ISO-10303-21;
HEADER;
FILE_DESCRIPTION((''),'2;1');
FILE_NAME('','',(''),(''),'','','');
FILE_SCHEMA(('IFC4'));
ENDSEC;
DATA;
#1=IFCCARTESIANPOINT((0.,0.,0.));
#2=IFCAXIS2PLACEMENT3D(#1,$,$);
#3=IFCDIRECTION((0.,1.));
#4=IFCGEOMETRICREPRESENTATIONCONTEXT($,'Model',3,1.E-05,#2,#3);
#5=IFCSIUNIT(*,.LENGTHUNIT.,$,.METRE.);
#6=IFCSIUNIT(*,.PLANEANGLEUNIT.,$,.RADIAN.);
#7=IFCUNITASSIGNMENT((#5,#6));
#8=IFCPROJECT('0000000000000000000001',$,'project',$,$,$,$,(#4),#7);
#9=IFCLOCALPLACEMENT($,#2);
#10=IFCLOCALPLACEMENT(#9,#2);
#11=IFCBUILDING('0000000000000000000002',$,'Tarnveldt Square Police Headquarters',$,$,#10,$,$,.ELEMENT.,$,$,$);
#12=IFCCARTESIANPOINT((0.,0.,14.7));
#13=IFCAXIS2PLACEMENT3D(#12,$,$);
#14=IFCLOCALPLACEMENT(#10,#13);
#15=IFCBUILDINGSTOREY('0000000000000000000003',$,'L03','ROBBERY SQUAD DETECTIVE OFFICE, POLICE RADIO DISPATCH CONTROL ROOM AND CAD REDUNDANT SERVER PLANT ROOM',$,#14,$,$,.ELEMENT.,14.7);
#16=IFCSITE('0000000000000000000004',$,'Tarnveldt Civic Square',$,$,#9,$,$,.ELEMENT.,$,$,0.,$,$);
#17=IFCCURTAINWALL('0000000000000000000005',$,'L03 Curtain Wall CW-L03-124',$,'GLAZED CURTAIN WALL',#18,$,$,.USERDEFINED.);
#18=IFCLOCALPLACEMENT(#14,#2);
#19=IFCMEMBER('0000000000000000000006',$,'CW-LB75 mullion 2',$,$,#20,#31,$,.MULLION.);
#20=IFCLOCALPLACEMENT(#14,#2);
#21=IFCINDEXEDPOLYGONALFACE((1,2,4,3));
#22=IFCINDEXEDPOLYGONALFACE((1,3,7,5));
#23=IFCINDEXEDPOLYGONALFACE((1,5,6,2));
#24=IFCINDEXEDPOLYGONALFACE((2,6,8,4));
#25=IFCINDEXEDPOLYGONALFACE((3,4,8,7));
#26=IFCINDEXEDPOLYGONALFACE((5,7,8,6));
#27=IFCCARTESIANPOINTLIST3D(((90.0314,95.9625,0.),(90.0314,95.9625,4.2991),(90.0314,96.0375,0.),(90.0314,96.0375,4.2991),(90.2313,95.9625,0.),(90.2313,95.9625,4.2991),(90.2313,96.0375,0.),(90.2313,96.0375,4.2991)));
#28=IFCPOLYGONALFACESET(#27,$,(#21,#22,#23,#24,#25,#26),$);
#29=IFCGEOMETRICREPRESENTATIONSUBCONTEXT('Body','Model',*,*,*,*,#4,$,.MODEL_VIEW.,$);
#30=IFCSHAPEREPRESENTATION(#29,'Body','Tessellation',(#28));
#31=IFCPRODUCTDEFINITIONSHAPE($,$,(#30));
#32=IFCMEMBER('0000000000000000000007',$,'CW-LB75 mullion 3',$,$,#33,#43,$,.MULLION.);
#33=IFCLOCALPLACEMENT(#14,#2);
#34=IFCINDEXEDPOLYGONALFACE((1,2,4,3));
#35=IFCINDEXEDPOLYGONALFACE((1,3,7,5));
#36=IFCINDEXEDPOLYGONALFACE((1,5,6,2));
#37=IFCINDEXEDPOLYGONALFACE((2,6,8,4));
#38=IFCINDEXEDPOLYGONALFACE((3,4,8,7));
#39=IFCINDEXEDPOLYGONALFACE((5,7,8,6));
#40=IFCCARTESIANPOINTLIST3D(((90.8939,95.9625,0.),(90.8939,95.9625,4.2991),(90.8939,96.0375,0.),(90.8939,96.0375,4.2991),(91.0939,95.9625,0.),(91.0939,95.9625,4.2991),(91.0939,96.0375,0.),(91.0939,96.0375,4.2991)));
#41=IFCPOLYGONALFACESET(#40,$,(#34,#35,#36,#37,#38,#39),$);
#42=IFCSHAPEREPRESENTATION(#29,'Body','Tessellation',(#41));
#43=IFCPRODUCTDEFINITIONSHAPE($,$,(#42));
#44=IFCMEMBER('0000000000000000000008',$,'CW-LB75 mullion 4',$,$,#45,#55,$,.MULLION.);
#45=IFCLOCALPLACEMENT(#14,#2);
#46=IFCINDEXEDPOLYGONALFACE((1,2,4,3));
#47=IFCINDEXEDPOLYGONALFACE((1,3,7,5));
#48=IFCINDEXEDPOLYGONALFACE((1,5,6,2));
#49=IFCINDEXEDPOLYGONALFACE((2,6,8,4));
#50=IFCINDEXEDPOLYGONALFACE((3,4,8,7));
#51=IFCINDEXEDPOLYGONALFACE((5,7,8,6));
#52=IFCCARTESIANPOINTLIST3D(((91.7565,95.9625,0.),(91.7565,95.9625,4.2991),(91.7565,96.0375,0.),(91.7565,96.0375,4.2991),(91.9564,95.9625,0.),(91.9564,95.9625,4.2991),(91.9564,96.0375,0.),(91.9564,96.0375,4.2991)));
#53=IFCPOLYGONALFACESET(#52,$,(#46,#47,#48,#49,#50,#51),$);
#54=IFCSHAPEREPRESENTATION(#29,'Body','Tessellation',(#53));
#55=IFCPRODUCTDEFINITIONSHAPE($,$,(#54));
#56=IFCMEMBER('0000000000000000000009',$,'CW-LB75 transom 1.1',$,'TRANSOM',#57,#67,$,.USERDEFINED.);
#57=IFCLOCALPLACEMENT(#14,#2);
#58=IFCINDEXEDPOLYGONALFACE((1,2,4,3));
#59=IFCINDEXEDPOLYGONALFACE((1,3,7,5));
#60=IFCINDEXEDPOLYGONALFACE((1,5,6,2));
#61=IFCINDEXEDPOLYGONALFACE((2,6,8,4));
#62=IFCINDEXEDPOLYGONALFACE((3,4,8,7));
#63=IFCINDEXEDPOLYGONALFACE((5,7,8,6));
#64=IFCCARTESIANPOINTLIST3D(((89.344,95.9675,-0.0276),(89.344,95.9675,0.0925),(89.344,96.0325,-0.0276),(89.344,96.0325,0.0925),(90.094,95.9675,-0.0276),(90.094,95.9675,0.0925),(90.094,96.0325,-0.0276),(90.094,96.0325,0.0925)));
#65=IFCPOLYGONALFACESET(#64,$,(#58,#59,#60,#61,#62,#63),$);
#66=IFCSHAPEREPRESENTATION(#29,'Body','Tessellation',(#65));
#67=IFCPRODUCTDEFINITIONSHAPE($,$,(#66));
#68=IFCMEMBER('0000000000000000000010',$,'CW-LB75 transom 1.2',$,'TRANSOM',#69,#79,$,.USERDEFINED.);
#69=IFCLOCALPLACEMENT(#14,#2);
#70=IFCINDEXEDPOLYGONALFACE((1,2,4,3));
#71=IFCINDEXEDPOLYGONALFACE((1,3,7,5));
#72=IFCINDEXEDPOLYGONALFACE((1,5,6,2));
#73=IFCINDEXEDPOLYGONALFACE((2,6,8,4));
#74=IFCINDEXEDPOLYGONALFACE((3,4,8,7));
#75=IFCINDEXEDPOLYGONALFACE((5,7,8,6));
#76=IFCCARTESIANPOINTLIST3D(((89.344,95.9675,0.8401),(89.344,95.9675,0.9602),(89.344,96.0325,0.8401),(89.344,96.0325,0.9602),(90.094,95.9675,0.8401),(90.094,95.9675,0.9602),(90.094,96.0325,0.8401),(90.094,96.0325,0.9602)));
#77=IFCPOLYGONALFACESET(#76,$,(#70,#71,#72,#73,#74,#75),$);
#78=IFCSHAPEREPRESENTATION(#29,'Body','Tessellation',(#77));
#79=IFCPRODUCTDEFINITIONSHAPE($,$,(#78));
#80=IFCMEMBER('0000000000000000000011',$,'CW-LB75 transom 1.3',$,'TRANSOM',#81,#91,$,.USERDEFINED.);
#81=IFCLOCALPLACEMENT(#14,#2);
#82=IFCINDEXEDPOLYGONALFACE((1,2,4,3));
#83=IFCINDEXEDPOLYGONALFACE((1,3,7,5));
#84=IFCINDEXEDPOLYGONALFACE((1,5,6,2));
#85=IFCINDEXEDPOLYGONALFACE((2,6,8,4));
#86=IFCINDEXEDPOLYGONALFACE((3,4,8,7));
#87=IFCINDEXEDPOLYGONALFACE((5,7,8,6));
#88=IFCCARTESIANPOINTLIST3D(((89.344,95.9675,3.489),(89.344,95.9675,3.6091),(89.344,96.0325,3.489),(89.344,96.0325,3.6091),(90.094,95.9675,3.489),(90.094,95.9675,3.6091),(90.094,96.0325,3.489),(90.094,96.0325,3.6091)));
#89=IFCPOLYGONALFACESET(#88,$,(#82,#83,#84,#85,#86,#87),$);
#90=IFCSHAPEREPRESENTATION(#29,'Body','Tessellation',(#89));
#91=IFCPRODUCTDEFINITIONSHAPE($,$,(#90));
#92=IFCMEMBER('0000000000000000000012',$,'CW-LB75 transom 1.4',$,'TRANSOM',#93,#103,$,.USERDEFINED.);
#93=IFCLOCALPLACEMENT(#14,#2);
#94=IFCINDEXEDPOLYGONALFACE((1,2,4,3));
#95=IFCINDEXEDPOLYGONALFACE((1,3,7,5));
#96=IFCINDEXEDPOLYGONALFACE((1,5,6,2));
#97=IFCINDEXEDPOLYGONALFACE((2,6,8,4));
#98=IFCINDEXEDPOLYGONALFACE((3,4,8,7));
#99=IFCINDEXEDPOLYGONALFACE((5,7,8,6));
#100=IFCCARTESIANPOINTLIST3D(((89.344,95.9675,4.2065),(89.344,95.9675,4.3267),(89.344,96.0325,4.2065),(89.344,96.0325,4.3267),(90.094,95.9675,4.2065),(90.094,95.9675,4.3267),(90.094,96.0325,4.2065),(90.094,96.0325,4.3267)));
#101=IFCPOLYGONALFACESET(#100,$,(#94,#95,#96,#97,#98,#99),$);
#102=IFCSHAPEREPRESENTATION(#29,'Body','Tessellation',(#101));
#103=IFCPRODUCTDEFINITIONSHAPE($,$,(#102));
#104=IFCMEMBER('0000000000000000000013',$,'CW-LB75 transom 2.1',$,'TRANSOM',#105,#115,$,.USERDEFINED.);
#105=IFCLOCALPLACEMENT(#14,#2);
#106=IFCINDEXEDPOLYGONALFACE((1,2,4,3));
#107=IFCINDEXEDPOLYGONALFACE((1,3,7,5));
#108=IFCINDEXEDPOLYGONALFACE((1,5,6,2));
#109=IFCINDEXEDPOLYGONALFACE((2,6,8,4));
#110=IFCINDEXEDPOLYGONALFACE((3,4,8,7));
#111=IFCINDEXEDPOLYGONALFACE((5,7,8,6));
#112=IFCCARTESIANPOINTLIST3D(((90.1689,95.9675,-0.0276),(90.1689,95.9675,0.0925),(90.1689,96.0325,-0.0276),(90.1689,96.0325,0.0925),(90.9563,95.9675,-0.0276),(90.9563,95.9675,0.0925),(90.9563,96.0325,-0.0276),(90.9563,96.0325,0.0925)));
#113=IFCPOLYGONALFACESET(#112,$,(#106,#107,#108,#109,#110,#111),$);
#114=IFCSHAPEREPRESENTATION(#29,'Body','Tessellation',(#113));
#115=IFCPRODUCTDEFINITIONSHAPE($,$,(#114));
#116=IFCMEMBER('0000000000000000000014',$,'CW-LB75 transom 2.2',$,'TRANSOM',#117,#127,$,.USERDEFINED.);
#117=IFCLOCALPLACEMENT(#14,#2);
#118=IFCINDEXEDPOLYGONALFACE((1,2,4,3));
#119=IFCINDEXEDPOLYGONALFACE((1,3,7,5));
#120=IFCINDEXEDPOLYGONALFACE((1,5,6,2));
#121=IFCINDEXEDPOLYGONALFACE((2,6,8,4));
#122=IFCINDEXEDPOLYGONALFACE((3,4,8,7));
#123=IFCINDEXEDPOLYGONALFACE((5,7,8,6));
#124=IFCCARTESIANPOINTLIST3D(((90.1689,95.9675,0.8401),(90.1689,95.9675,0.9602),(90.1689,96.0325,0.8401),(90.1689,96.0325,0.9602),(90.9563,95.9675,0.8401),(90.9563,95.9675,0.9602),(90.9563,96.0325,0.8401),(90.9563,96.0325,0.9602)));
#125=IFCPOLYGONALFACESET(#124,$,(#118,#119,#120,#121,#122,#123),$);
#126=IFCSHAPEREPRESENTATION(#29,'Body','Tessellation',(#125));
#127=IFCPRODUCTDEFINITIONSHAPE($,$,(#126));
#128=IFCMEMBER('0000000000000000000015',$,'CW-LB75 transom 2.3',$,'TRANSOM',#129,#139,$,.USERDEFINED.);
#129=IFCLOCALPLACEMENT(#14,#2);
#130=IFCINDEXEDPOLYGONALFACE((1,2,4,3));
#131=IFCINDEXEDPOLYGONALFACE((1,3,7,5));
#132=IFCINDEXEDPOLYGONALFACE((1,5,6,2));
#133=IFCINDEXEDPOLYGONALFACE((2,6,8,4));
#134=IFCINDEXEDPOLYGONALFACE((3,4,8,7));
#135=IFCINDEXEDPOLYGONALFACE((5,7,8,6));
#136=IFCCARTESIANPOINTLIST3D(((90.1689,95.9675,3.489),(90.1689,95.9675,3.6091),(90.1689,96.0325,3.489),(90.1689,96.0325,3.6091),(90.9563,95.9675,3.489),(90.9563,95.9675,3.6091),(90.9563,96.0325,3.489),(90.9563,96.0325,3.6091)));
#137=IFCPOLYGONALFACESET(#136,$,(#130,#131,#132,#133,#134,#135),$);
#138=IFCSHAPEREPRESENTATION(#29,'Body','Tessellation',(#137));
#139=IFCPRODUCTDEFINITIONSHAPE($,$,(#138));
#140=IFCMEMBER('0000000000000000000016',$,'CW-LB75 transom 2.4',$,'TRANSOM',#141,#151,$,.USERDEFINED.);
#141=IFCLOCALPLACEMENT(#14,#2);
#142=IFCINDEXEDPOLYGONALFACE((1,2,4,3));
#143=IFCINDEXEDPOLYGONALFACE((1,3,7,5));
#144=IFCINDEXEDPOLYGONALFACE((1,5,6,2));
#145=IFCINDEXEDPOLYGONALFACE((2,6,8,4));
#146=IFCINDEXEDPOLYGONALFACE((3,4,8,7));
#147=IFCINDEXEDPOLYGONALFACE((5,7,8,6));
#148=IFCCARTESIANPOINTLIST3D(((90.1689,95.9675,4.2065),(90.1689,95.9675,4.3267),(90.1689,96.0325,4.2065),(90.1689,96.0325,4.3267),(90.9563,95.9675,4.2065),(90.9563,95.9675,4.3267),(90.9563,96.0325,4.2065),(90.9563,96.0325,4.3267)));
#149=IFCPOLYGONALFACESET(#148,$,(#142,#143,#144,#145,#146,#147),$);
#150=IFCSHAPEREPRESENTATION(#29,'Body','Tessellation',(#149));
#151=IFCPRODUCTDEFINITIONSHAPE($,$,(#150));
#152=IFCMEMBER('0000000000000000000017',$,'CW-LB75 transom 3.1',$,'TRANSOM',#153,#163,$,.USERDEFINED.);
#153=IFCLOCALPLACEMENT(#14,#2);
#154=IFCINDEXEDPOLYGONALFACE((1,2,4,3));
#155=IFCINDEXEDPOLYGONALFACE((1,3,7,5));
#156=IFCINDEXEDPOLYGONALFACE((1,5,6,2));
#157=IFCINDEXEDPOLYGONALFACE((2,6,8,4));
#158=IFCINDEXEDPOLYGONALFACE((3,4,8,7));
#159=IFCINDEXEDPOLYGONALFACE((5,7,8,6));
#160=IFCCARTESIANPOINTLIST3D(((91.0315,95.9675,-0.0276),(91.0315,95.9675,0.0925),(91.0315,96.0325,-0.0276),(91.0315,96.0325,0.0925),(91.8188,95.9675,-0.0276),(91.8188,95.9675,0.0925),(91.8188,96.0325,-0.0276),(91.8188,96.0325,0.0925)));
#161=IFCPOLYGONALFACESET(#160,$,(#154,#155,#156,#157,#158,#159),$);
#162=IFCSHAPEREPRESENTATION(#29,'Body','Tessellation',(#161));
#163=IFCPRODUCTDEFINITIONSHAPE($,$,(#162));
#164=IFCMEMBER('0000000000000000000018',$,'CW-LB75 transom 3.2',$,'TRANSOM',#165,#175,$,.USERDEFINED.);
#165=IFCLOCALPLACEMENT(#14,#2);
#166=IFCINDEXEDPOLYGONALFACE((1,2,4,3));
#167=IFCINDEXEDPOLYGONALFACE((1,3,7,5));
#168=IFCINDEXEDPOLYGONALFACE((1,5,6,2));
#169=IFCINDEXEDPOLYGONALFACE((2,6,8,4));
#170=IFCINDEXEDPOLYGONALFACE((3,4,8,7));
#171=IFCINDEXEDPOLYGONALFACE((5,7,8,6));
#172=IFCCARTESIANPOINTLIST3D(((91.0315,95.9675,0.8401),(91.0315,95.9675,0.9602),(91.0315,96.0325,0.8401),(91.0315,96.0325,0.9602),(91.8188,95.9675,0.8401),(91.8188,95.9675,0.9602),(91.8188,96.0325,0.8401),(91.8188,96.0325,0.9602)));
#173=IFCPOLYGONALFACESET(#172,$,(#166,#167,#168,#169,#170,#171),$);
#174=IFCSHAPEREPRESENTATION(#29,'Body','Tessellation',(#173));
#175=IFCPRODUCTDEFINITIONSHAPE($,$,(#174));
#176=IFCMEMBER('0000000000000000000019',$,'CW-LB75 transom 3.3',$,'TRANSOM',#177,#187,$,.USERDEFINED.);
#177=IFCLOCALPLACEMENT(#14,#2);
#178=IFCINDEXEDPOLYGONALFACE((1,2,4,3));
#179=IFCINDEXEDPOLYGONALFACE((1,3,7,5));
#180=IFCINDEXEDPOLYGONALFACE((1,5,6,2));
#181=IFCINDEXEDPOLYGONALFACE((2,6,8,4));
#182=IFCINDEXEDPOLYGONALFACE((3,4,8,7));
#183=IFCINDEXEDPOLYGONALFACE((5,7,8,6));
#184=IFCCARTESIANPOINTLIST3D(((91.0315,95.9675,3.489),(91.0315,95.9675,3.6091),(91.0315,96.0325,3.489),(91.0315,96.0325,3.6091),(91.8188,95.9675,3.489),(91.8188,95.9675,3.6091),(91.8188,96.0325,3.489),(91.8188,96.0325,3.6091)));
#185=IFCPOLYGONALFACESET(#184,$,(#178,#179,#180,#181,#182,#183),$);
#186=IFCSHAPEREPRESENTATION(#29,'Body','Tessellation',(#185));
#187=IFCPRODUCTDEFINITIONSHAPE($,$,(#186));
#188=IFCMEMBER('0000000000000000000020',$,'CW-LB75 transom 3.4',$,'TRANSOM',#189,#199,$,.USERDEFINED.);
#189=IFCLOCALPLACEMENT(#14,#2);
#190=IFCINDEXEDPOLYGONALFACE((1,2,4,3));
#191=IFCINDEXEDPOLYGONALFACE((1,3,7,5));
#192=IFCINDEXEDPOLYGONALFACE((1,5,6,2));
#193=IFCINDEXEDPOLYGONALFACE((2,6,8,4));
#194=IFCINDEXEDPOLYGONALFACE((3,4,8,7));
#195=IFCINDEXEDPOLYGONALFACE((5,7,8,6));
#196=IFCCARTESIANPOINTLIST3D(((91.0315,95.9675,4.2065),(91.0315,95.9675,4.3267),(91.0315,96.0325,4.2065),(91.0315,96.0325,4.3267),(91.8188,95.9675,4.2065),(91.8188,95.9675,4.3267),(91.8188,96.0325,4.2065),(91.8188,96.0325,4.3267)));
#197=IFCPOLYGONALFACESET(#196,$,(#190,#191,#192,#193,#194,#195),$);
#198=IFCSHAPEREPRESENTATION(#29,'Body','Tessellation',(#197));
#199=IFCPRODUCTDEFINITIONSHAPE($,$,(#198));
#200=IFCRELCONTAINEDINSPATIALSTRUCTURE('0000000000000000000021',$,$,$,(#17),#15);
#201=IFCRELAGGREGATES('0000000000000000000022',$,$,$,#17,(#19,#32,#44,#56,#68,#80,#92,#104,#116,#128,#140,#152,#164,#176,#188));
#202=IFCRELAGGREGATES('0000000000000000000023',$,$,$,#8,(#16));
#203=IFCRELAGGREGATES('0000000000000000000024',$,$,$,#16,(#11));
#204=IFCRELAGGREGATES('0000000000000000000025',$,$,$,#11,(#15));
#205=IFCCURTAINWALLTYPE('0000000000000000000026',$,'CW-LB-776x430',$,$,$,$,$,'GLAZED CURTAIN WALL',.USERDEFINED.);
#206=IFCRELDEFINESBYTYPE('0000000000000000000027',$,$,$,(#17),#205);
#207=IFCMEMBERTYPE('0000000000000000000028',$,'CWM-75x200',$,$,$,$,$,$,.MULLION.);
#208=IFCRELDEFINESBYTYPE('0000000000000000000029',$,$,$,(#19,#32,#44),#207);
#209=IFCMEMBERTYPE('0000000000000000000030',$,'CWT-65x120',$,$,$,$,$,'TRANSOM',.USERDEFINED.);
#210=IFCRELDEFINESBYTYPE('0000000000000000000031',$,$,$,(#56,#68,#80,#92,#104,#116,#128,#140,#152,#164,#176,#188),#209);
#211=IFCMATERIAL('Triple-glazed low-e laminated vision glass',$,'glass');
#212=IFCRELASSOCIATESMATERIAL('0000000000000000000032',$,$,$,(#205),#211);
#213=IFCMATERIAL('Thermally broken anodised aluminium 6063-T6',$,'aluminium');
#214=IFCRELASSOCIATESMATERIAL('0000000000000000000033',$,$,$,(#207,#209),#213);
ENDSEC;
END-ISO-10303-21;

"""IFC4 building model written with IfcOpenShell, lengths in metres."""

from ifc_helpers import new_model, si_unit, direction, frame, origin, origin_2d, place, context, subcontext, project, spatial, rectangle, extrude, material, material_profile, profile_set, type_object, element, aggregate, save


model = new_model("IFC4")

# Units and contexts
model_context = context("Model", 3, precision=1e-05, world=origin(), true_north=direction((0.0, 1.0)))
body_context = subcontext(model_context, "Body", "Model", "MODEL_VIEW")
ifc_project = project(units=[si_unit("LENGTHUNIT", "METRE"), si_unit("PLANEANGLEUNIT", "RADIAN")], contexts=[model_context])

# Site, building, storey
site_placement = place(None, origin())
site = spatial("IfcSite", under=ifc_project, at=site_placement, Name="Tarnveldt Civic Square", CompositionType="ELEMENT", RefElevation=0.0)
building_placement = place(site_placement, origin())
building = spatial("IfcBuilding", under=site, at=building_placement, Name="Tarnveldt Square Police Headquarters", CompositionType="ELEMENT")
storey_placement = place(building_placement, frame((0.0, 0.0, 14.7)))
storey = spatial("IfcBuildingStorey", under=building, at=storey_placement, Name="L03", Description="ROBBERY SQUAD DETECTIVE OFFICE, POLICE RADIO DISPATCH CONTROL ROOM AND CAD REDUNDANT SERVER PLANT ROOM", CompositionType="ELEMENT", Elevation=14.7)

# Curtain wall, members
ifc_material_1 = material(Name="Triple-glazed low-e laminated vision glass", Category="glass")
curtain_wall_type = type_object("IfcCurtainWallType", Name="CW-LB-776x430", ElementType="GLAZED CURTAIN WALL", PredefinedType="USERDEFINED", material=ifc_material_1)
curtain_wall_placement = place(storey_placement, origin())
curtain_wall = element("IfcCurtainWall", 1, at=curtain_wall_placement, inside=storey, type_object=curtain_wall_type, Name="L03 Curtain Wall CW-L03-124", ObjectType="GLAZED CURTAIN WALL", PredefinedType="USERDEFINED")
ifc_material_2 = material(Name="Thermally broken anodised aluminium 6063-T6", Category="aluminium")
ifc_material_profile_1 = material_profile(ifc_material_2, rectangle(XDim=0.075, YDim=0.2, at=origin_2d()), Name="CW-M75x200")
ifc_profile_set_1 = profile_set([ifc_material_profile_1], Name="Thermally broken anodised aluminium 6063-T6")
member_type_1 = type_object("IfcMemberType", Name="CWM-75x200", PredefinedType="MULLION", material=ifc_profile_set_1)
member_1_placement = place(storey_placement, frame((90.1313, 96.0, 0.0), z_axis=(0.0, 0.0, 1.0), x_axis=(0.0, 1.0, 0.0)))
member_1 = element("IfcMember", 2, at=member_1_placement, type_object=member_type_1, Name="CW-LB75 mullion 2", PredefinedType="MULLION", context=body_context, shape_type="SweptSolid", body=[
    extrude(rectangle(XDim=0.075, YDim=0.2, at=origin_2d()), origin(), (0.0, 0.0, 1.0), 4.2991),
])
member_2_placement = place(storey_placement, frame((90.9939, 96.0, 0.0), z_axis=(0.0, 0.0, 1.0), x_axis=(0.0, 1.0, 0.0)))
member_2 = element("IfcMember", 3, at=member_2_placement, type_object=member_type_1, Name="CW-LB75 mullion 3", PredefinedType="MULLION", context=body_context, shape_type="SweptSolid", body=[
    extrude(rectangle(XDim=0.075, YDim=0.2, at=origin_2d()), origin(), (0.0, 0.0, 1.0), 4.2991),
])
member_3_placement = place(storey_placement, frame((91.8564, 96.0, 0.0), z_axis=(0.0, 0.0, 1.0), x_axis=(0.0, 1.0, 0.0)))
member_3 = element("IfcMember", 4, at=member_3_placement, type_object=member_type_1, Name="CW-LB75 mullion 4", PredefinedType="MULLION", context=body_context, shape_type="SweptSolid", body=[
    extrude(rectangle(XDim=0.075, YDim=0.2, at=origin_2d()), origin(), (0.0, 0.0, 1.0), 4.2991),
])
ifc_material_profile_2 = material_profile(ifc_material_2, rectangle(XDim=0.0649, YDim=0.1201, at=origin_2d()), Name="CW-T65x120")
ifc_profile_set_2 = profile_set([ifc_material_profile_2], Name="Thermally broken anodised aluminium 6063-T6")
member_type_2 = type_object("IfcMemberType", Name="CWT-65x120", ElementType="TRANSOM", PredefinedType="USERDEFINED", material=ifc_profile_set_2)
member_4_placement = place(storey_placement, frame((89.344, 96.0, 0.0325), z_axis=(1.0, 0.0, 0.0), x_axis=(0.0, 1.0, 0.0)))
member_4 = element("IfcMember", 5, at=member_4_placement, type_object=member_type_2, Name="CW-LB75 transom 1.1", ObjectType="TRANSOM", PredefinedType="USERDEFINED", context=body_context, shape_type="SweptSolid", body=[
    extrude(rectangle(XDim=0.0649, YDim=0.1201, at=origin_2d()), origin(), (0.0, 0.0, 1.0), 0.75),
])
member_5_placement = place(storey_placement, frame((89.344, 96.0, 0.9001), z_axis=(1.0, 0.0, 0.0), x_axis=(0.0, 1.0, 0.0)))
member_5 = element("IfcMember", 6, at=member_5_placement, type_object=member_type_2, Name="CW-LB75 transom 1.2", ObjectType="TRANSOM", PredefinedType="USERDEFINED", context=body_context, shape_type="SweptSolid", body=[
    extrude(rectangle(XDim=0.0649, YDim=0.1201, at=origin_2d()), origin(), (0.0, 0.0, 1.0), 0.75),
])
member_6_placement = place(storey_placement, frame((89.344, 96.0, 3.5491), z_axis=(1.0, 0.0, 0.0), x_axis=(0.0, 1.0, 0.0)))
member_6 = element("IfcMember", 7, at=member_6_placement, type_object=member_type_2, Name="CW-LB75 transom 1.3", ObjectType="TRANSOM", PredefinedType="USERDEFINED", context=body_context, shape_type="SweptSolid", body=[
    extrude(rectangle(XDim=0.0649, YDim=0.1201, at=origin_2d()), origin(), (0.0, 0.0, 1.0), 0.75),
])
member_7_placement = place(storey_placement, frame((89.344, 96.0, 4.2666), z_axis=(1.0, 0.0, 0.0), x_axis=(0.0, 1.0, 0.0)))
member_7 = element("IfcMember", 8, at=member_7_placement, type_object=member_type_2, Name="CW-LB75 transom 1.4", ObjectType="TRANSOM", PredefinedType="USERDEFINED", context=body_context, shape_type="SweptSolid", body=[
    extrude(rectangle(XDim=0.0649, YDim=0.1201, at=origin_2d()), origin(), (0.0, 0.0, 1.0), 0.75),
])
member_8_placement = place(storey_placement, frame((90.1689, 96.0, 0.0325), z_axis=(1.0, 0.0, 0.0), x_axis=(0.0, 1.0, 0.0)))
member_8 = element("IfcMember", 9, at=member_8_placement, type_object=member_type_2, Name="CW-LB75 transom 2.1", ObjectType="TRANSOM", PredefinedType="USERDEFINED", context=body_context, shape_type="SweptSolid", body=[
    extrude(rectangle(XDim=0.0649, YDim=0.1201, at=origin_2d()), origin(), (0.0, 0.0, 1.0), 0.7874),
])
member_9_placement = place(storey_placement, frame((90.1689, 96.0, 0.9001), z_axis=(1.0, 0.0, 0.0), x_axis=(0.0, 1.0, 0.0)))
member_9 = element("IfcMember", 10, at=member_9_placement, type_object=member_type_2, Name="CW-LB75 transom 2.2", ObjectType="TRANSOM", PredefinedType="USERDEFINED", context=body_context, shape_type="SweptSolid", body=[
    extrude(rectangle(XDim=0.0649, YDim=0.1201, at=origin_2d()), origin(), (0.0, 0.0, 1.0), 0.7874),
])
member_10_placement = place(storey_placement, frame((90.1689, 96.0, 3.5491), z_axis=(1.0, 0.0, 0.0), x_axis=(0.0, 1.0, 0.0)))
member_10 = element("IfcMember", 11, at=member_10_placement, type_object=member_type_2, Name="CW-LB75 transom 2.3", ObjectType="TRANSOM", PredefinedType="USERDEFINED", context=body_context, shape_type="SweptSolid", body=[
    extrude(rectangle(XDim=0.0649, YDim=0.1201, at=origin_2d()), origin(), (0.0, 0.0, 1.0), 0.7874),
])
member_11_placement = place(storey_placement, frame((90.1689, 96.0, 4.2666), z_axis=(1.0, 0.0, 0.0), x_axis=(0.0, 1.0, 0.0)))
member_11 = element("IfcMember", 12, at=member_11_placement, type_object=member_type_2, Name="CW-LB75 transom 2.4", ObjectType="TRANSOM", PredefinedType="USERDEFINED", context=body_context, shape_type="SweptSolid", body=[
    extrude(rectangle(XDim=0.0649, YDim=0.1201, at=origin_2d()), origin(), (0.0, 0.0, 1.0), 0.7874),
])
member_12_placement = place(storey_placement, frame((91.0315, 96.0, 0.0325), z_axis=(1.0, 0.0, 0.0), x_axis=(0.0, 1.0, 0.0)))
member_12 = element("IfcMember", 13, at=member_12_placement, type_object=member_type_2, Name="CW-LB75 transom 3.1", ObjectType="TRANSOM", PredefinedType="USERDEFINED", context=body_context, shape_type="SweptSolid", body=[
    extrude(rectangle(XDim=0.0649, YDim=0.1201, at=origin_2d()), origin(), (0.0, 0.0, 1.0), 0.7874),
])
member_13_placement = place(storey_placement, frame((91.0315, 96.0, 0.9001), z_axis=(1.0, 0.0, 0.0), x_axis=(0.0, 1.0, 0.0)))
member_13 = element("IfcMember", 14, at=member_13_placement, type_object=member_type_2, Name="CW-LB75 transom 3.2", ObjectType="TRANSOM", PredefinedType="USERDEFINED", context=body_context, shape_type="SweptSolid", body=[
    extrude(rectangle(XDim=0.0649, YDim=0.1201, at=origin_2d()), origin(), (0.0, 0.0, 1.0), 0.7874),
])
member_14_placement = place(storey_placement, frame((91.0315, 96.0, 3.5491), z_axis=(1.0, 0.0, 0.0), x_axis=(0.0, 1.0, 0.0)))
member_14 = element("IfcMember", 15, at=member_14_placement, type_object=member_type_2, Name="CW-LB75 transom 3.3", ObjectType="TRANSOM", PredefinedType="USERDEFINED", context=body_context, shape_type="SweptSolid", body=[
    extrude(rectangle(XDim=0.0649, YDim=0.1201, at=origin_2d()), origin(), (0.0, 0.0, 1.0), 0.7874),
])
member_15_placement = place(storey_placement, frame((91.0315, 96.0, 4.2666), z_axis=(1.0, 0.0, 0.0), x_axis=(0.0, 1.0, 0.0)))
member_15 = element("IfcMember", 16, at=member_15_placement, type_object=member_type_2, Name="CW-LB75 transom 3.4", ObjectType="TRANSOM", PredefinedType="USERDEFINED", context=body_context, shape_type="SweptSolid", body=[
    extrude(rectangle(XDim=0.0649, YDim=0.1201, at=origin_2d()), origin(), (0.0, 0.0, 1.0), 0.7874),
])
aggregate(curtain_wall, [member_1, member_2, member_3, member_4, member_5, member_6, member_7, member_8, member_9, member_10, member_11, member_12, member_13, member_14, member_15])

save(model, "model.ifc")
